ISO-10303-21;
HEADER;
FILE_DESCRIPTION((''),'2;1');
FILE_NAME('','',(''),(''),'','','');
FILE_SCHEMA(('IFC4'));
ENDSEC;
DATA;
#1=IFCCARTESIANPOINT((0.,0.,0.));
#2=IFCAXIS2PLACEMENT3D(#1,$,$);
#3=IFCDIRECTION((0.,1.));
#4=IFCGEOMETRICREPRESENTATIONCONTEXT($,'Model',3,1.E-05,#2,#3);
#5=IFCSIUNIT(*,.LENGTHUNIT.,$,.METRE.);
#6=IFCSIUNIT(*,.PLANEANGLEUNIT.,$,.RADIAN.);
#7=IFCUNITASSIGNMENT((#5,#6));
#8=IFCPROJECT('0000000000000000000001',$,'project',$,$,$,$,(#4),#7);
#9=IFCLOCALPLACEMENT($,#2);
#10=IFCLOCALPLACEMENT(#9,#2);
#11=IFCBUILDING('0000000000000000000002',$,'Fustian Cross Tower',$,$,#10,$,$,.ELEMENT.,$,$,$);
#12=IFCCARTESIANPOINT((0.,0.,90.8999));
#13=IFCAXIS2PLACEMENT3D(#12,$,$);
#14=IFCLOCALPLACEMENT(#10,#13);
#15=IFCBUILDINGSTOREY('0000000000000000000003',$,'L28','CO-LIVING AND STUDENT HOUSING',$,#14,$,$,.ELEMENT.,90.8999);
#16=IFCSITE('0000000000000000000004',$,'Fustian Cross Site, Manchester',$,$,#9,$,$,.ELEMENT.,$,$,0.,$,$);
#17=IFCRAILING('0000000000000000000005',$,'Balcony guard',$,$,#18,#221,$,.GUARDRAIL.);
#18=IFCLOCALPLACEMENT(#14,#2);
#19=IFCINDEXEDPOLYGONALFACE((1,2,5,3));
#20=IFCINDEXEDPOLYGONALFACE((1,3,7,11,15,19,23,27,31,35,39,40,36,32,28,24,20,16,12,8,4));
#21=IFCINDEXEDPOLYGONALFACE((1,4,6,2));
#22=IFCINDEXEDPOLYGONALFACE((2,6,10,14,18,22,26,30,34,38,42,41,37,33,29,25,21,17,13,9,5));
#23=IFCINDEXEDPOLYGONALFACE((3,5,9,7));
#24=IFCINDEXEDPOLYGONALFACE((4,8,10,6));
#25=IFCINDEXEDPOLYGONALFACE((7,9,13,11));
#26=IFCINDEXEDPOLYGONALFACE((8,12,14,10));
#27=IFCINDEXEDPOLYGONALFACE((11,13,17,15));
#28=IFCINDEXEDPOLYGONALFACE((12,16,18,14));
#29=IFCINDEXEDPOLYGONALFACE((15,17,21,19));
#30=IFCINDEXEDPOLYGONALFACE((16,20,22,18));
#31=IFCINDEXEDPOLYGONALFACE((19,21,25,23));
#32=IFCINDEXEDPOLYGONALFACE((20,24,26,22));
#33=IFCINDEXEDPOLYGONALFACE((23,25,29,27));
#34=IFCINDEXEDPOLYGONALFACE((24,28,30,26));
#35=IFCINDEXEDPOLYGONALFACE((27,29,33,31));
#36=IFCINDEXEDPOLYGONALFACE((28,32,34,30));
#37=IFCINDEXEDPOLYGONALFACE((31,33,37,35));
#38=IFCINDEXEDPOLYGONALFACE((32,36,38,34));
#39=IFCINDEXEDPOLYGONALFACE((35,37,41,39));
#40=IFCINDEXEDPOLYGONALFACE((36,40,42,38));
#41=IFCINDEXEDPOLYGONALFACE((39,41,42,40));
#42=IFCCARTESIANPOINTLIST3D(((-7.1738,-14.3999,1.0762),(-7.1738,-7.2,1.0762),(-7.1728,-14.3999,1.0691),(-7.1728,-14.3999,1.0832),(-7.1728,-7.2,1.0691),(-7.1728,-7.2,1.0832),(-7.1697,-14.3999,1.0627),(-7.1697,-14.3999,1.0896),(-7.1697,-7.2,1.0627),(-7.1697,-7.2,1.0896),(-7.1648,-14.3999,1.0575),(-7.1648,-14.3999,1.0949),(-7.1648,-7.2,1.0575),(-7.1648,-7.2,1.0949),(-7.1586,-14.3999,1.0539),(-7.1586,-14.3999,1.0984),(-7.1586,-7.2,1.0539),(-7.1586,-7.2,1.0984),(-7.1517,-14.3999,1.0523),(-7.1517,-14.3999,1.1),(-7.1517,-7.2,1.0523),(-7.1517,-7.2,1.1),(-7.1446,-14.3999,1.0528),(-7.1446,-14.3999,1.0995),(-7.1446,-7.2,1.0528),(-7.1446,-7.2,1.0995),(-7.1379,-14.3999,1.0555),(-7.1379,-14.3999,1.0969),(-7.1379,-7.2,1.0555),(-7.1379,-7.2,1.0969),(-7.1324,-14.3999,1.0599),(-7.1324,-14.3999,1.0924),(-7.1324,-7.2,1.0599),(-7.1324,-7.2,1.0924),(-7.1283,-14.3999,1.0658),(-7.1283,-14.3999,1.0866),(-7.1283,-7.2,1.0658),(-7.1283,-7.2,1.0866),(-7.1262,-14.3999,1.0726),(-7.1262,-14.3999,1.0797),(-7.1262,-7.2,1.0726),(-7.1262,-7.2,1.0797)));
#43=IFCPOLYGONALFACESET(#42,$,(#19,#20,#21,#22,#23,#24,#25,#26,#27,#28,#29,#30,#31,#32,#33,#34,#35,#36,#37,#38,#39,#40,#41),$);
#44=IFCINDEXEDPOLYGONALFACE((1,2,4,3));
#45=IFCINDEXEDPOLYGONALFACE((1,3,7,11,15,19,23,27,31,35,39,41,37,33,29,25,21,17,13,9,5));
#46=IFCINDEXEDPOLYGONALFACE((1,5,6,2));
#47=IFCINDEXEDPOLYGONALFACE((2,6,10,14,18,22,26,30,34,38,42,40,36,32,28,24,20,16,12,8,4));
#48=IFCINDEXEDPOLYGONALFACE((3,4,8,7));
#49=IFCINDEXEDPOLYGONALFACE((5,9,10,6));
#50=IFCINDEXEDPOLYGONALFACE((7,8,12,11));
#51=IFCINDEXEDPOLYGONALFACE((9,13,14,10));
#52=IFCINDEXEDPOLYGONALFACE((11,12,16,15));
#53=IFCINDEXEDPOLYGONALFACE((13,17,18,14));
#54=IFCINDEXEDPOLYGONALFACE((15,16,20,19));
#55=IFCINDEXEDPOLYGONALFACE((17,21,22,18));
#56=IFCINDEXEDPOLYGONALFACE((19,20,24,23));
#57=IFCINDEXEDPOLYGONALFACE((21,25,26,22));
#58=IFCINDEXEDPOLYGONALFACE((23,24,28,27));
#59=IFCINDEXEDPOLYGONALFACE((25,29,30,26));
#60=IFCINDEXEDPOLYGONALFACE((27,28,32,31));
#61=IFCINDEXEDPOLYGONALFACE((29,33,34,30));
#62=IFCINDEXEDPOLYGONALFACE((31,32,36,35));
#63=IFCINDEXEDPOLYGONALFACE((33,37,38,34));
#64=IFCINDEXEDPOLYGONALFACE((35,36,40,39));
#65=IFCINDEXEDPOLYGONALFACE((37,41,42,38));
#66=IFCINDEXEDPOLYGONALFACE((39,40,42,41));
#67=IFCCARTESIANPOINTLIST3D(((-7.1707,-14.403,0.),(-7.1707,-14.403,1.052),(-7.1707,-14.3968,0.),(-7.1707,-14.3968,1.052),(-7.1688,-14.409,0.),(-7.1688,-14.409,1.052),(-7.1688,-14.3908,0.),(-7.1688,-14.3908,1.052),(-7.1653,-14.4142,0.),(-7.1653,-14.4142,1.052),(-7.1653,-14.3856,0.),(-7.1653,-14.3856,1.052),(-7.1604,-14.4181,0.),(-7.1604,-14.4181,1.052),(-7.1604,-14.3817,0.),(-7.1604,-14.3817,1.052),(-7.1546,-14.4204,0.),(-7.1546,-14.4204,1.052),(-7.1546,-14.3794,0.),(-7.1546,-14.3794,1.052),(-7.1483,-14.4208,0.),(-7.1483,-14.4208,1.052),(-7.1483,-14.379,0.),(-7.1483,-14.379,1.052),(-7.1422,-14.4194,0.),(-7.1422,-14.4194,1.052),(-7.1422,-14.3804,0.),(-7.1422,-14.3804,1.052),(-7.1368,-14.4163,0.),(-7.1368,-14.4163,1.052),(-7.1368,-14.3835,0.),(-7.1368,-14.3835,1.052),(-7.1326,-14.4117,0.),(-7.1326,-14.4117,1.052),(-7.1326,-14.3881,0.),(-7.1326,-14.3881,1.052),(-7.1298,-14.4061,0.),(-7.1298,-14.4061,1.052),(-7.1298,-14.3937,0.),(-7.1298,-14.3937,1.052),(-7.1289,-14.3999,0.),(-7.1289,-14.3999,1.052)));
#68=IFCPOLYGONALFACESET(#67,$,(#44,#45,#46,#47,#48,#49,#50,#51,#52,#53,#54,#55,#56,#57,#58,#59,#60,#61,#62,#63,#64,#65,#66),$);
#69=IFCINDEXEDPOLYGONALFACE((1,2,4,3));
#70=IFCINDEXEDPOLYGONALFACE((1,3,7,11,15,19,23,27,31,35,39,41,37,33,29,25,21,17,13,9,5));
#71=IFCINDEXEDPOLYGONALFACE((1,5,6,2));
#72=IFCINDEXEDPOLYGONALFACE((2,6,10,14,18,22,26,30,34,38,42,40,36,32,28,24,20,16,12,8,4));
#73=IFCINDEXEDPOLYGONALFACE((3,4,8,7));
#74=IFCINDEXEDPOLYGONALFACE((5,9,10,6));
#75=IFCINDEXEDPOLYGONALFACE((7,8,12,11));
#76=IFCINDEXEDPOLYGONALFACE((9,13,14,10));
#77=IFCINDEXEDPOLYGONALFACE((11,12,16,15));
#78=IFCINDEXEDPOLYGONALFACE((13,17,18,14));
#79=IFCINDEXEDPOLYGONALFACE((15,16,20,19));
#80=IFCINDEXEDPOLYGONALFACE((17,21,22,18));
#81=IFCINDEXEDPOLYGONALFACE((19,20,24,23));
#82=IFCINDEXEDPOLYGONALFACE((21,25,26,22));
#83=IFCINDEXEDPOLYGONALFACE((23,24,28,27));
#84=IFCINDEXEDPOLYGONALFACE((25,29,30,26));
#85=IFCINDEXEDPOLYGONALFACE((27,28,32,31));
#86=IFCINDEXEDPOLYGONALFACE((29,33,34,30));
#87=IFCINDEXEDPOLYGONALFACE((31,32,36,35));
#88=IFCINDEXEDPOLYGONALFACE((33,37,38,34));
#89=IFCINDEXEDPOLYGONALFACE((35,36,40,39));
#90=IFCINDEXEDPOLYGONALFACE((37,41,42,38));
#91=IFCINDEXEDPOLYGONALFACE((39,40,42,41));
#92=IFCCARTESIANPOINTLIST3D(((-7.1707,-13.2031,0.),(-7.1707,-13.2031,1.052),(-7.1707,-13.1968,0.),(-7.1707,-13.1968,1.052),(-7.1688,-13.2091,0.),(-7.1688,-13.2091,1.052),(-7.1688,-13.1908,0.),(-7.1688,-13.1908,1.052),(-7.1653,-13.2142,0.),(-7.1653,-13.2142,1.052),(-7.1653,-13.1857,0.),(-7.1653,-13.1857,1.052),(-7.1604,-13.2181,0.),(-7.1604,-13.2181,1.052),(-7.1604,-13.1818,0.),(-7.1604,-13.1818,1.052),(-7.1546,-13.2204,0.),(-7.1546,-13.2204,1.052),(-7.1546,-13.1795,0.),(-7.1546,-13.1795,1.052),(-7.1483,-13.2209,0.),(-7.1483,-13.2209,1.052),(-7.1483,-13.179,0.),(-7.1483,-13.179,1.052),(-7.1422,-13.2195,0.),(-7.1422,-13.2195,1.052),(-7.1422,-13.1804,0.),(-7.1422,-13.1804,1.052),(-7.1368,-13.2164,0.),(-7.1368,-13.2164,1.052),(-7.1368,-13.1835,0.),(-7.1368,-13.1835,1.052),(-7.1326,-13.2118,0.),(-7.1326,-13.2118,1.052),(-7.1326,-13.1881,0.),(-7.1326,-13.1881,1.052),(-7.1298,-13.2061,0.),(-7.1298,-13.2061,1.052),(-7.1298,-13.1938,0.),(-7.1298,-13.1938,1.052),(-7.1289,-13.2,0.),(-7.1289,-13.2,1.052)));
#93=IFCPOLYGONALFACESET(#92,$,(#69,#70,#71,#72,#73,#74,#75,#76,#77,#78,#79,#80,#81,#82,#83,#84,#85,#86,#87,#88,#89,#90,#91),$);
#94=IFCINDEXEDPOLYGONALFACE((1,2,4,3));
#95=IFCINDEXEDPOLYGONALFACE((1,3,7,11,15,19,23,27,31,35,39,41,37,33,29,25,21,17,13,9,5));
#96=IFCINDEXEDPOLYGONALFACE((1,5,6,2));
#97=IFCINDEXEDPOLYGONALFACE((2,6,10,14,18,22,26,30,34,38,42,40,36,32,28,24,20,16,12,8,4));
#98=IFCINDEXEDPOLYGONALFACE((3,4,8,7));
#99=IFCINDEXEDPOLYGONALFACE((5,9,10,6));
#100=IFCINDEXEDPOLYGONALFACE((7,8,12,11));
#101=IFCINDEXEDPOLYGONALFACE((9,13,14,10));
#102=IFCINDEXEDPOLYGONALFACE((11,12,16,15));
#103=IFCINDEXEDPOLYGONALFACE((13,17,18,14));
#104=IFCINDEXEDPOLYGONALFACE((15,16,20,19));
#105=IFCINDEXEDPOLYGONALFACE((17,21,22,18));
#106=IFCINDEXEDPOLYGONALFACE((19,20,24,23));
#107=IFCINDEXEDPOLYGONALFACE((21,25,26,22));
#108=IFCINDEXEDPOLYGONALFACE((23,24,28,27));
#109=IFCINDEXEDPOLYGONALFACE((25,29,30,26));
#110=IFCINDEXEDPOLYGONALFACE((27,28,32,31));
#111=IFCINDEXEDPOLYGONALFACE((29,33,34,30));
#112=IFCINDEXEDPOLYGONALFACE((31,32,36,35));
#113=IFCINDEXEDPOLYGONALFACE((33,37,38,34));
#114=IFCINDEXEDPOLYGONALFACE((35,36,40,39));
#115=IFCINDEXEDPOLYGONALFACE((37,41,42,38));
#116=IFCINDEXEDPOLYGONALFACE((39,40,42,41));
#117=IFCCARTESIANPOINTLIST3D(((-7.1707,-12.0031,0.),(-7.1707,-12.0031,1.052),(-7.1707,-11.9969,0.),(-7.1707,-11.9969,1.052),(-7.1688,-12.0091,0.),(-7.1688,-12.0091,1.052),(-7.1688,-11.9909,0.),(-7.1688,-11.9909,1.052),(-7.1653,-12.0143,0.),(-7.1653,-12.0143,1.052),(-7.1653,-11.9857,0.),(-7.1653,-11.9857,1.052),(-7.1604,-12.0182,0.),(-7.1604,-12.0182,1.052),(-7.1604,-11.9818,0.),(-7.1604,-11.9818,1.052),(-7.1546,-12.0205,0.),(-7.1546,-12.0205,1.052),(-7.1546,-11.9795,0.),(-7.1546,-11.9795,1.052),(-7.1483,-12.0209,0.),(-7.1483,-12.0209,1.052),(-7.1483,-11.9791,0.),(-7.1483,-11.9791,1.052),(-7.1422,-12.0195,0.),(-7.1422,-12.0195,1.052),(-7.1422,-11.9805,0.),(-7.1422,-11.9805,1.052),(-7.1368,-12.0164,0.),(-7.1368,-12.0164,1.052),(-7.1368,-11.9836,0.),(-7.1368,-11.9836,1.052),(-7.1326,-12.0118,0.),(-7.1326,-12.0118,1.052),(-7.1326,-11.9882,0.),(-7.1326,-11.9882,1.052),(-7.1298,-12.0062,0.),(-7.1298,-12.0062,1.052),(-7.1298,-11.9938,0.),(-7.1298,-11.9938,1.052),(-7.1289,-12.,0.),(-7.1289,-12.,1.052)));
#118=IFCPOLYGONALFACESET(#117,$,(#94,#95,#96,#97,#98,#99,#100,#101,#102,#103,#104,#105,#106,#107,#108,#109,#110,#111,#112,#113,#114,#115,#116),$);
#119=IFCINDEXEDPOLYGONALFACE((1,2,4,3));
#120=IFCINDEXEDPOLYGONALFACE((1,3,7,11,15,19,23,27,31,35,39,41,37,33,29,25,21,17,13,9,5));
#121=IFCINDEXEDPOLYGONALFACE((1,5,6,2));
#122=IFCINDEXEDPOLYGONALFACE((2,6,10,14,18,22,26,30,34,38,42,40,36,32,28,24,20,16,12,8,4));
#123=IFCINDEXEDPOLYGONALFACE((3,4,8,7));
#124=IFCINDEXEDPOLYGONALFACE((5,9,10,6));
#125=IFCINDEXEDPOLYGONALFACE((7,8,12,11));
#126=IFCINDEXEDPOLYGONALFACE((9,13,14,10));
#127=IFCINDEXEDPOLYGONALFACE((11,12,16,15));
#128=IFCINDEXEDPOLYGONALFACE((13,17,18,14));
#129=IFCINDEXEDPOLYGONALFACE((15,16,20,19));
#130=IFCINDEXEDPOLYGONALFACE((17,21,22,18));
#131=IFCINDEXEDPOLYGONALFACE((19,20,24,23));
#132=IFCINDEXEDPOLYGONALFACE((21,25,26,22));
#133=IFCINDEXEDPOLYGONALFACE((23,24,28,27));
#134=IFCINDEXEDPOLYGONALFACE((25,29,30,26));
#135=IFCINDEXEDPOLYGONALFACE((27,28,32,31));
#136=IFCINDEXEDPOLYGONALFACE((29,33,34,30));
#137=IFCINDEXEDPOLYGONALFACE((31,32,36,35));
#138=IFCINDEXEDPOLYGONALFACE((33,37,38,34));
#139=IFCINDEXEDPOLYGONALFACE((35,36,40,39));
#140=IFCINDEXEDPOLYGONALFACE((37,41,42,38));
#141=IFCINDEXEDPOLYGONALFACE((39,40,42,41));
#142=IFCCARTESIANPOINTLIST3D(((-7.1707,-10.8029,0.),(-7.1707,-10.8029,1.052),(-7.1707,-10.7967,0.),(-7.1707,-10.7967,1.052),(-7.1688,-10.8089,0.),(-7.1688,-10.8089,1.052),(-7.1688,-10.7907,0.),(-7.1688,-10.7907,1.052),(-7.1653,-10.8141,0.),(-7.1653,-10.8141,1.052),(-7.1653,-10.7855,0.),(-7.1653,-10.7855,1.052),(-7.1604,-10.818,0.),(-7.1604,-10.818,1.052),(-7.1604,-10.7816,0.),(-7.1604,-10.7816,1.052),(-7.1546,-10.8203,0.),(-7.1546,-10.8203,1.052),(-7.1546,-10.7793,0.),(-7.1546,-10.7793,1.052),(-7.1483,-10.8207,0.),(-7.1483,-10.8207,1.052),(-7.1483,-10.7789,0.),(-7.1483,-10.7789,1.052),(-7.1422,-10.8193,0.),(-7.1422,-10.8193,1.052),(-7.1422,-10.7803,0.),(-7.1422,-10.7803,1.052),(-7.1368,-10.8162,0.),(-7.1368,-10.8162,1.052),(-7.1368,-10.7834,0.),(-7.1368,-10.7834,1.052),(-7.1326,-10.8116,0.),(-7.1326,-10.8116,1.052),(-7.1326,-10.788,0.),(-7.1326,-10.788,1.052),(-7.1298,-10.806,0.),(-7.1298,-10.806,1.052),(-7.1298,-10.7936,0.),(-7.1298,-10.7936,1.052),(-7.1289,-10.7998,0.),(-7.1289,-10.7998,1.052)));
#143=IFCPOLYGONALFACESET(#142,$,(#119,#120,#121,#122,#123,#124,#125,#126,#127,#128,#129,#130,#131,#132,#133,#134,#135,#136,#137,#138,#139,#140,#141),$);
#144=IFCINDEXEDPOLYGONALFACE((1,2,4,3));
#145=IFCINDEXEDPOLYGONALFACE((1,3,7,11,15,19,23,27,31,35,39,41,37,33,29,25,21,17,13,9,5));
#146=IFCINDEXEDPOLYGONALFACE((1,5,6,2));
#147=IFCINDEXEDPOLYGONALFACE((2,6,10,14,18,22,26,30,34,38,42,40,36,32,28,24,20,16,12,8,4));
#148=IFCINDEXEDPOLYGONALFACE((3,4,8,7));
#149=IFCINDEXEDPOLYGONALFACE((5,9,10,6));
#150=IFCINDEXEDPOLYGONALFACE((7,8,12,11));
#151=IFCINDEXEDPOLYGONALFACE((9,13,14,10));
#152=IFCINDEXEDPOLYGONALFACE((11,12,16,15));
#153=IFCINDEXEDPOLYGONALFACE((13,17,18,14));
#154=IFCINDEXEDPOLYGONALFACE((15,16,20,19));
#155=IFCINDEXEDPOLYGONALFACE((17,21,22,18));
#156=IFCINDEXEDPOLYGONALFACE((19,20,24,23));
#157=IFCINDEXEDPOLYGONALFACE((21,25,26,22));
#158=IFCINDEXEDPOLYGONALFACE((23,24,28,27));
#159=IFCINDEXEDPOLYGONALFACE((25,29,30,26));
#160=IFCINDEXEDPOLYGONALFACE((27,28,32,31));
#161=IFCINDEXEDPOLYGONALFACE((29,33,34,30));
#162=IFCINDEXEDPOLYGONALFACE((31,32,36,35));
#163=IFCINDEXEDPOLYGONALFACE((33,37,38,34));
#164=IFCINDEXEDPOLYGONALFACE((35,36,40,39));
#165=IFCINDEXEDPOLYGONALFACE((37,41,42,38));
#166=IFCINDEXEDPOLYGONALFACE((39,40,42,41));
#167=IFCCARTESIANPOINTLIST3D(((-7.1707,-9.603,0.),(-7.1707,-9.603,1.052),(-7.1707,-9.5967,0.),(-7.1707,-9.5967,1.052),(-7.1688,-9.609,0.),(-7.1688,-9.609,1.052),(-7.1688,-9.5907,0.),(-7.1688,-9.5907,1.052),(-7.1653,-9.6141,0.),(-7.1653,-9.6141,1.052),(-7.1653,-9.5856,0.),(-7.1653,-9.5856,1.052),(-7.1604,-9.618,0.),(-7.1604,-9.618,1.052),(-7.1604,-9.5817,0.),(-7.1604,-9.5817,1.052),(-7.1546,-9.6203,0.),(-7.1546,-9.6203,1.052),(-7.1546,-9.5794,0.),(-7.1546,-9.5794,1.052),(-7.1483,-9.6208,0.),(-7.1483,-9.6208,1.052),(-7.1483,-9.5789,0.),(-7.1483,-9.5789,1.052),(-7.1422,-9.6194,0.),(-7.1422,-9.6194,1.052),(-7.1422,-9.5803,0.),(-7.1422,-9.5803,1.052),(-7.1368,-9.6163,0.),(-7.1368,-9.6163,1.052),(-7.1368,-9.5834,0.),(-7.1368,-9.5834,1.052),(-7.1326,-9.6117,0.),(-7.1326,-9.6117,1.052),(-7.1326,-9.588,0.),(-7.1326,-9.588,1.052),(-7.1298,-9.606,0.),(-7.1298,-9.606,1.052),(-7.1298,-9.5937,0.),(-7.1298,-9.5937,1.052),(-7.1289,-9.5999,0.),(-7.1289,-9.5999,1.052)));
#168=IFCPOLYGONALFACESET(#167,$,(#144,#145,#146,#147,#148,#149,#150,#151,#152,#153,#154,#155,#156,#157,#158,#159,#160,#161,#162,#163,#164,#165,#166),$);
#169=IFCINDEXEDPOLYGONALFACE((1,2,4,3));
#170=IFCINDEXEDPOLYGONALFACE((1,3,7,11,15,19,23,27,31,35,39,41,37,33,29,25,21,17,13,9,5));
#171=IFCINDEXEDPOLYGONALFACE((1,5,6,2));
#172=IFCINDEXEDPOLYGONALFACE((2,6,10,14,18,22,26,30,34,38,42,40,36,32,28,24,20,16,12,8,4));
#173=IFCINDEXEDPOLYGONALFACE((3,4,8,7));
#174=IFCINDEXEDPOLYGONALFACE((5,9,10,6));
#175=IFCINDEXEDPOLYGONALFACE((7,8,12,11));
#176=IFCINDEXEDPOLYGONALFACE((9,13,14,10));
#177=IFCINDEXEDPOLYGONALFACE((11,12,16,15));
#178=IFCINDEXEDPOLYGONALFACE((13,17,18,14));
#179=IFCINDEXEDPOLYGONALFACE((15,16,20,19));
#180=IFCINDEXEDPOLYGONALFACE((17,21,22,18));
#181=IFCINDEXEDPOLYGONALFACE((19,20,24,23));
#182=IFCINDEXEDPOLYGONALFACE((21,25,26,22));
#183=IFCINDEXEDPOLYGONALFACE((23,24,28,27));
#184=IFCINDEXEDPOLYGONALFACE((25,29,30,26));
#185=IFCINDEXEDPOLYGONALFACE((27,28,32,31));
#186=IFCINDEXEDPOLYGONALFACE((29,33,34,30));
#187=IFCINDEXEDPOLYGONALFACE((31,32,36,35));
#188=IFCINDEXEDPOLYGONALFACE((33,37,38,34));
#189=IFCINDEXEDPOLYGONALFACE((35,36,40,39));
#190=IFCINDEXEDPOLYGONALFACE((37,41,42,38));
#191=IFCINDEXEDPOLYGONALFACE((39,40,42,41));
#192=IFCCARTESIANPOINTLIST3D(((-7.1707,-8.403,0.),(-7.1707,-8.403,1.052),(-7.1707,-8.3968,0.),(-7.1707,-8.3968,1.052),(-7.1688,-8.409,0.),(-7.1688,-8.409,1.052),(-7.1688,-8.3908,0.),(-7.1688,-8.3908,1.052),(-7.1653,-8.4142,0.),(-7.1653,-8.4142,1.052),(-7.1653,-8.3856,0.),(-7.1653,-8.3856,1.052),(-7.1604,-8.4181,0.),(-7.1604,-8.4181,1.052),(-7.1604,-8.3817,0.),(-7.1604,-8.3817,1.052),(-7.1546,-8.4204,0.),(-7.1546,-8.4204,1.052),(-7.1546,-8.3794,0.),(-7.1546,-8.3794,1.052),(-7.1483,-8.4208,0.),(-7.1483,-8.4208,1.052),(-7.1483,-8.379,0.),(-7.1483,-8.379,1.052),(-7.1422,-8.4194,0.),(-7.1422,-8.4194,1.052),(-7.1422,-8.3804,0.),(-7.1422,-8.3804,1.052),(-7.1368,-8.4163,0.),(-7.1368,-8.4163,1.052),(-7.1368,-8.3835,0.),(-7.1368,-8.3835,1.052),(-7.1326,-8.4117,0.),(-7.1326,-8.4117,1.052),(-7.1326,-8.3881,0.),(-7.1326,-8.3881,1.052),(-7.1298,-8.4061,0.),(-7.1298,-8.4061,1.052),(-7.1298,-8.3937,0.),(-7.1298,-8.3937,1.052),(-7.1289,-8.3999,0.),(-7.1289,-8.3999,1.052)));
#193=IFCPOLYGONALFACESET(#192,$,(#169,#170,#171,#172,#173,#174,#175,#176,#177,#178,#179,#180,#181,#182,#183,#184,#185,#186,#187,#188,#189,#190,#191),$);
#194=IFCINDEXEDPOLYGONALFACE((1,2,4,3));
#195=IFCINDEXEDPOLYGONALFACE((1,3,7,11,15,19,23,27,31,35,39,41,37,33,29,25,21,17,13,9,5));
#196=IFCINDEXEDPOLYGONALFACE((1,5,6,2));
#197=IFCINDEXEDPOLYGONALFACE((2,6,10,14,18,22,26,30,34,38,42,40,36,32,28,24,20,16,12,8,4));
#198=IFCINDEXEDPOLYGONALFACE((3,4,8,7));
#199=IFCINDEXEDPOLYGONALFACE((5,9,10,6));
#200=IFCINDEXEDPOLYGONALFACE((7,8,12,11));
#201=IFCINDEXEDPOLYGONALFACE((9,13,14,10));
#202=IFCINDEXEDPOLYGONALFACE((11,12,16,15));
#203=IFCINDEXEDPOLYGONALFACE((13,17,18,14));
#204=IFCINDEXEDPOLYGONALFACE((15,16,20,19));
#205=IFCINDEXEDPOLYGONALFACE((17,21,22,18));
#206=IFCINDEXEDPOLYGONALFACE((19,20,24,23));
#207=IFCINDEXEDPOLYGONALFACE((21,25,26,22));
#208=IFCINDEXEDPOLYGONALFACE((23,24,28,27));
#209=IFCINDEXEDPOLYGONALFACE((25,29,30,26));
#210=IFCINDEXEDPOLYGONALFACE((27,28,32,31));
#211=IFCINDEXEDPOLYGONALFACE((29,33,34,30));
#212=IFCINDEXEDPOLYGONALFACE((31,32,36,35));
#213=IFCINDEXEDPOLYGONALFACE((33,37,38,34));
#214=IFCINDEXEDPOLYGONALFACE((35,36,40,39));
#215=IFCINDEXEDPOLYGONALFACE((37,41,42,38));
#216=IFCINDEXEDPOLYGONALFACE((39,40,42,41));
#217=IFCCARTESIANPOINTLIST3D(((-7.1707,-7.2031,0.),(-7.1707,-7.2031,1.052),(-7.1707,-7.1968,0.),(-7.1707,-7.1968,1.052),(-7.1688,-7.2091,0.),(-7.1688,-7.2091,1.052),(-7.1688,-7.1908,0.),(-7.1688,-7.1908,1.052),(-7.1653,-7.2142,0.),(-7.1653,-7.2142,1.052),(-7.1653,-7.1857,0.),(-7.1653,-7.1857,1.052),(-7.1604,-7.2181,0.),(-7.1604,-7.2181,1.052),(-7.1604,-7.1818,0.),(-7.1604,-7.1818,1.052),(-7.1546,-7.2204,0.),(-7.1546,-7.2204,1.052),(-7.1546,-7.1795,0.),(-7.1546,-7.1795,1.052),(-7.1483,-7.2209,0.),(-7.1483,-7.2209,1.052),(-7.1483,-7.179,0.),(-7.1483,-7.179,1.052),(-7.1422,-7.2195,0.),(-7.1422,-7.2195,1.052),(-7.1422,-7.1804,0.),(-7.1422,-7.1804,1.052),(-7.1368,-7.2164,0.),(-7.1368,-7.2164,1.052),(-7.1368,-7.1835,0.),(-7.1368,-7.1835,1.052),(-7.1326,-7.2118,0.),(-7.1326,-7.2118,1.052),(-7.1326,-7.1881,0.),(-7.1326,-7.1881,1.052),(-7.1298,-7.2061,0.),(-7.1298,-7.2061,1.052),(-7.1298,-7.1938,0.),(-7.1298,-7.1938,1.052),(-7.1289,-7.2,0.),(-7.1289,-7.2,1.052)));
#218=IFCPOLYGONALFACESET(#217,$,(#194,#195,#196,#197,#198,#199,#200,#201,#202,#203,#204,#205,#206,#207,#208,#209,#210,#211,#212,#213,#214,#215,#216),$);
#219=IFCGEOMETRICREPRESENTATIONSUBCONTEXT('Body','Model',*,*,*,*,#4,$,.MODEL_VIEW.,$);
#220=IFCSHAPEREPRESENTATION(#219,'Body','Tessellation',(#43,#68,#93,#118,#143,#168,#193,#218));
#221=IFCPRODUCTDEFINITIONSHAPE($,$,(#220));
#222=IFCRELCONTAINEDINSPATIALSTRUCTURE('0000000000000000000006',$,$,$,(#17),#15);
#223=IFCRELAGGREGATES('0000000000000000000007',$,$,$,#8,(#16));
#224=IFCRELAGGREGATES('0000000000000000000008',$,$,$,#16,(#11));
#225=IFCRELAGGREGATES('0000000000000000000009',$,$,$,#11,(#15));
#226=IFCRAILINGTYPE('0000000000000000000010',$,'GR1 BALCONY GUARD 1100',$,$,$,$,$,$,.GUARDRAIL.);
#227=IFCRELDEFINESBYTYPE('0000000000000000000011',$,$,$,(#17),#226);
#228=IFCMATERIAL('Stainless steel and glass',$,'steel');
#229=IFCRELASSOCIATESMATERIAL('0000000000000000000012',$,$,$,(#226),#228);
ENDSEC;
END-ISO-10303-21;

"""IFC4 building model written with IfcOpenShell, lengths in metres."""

from ifc_helpers import new_model, si_unit, direction, frame, origin, origin_2d, place, context, subcontext, project, spatial, circle, extrude, material, type_object, element, save


model = new_model("IFC4")

# Units and contexts
model_context = context("Model", 3, precision=1e-05, world=origin(), true_north=direction((0.0, 1.0)))
body_context = subcontext(model_context, "Body", "Model", "MODEL_VIEW")
ifc_project = project(units=[si_unit("LENGTHUNIT", "METRE"), si_unit("PLANEANGLEUNIT", "RADIAN")], contexts=[model_context])

# Site, building, storey
site_placement = place(None, origin())
site = spatial("IfcSite", under=ifc_project, at=site_placement, Name="Fustian Cross Site, Manchester", CompositionType="ELEMENT", RefElevation=0.0)
building_placement = place(site_placement, origin())
building = spatial("IfcBuilding", under=site, at=building_placement, Name="Fustian Cross Tower", CompositionType="ELEMENT")
storey_placement = place(building_placement, frame((0.0, 0.0, 90.8999)))
storey = spatial("IfcBuildingStorey", under=building, at=storey_placement, Name="L28", Description="CO-LIVING AND STUDENT HOUSING", CompositionType="ELEMENT", Elevation=90.8999)

# Railing
ifc_material_1 = material(Name="Stainless steel and glass", Category="steel")
railing_type = type_object("IfcRailingType", Name="GR1 BALCONY GUARD 1100", PredefinedType="GUARDRAIL", material=ifc_material_1)
railing_placement = place(storey_placement, frame((-7.1499, -14.3999, 0.0)))
element("IfcRailing", 1, at=railing_placement, inside=storey, type_object=railing_type, Name="Balcony guard", PredefinedType="GUARDRAIL", context=body_context, shape_type="SweptSolid", body=[
    extrude(circle(Radius=0.0239, at=origin_2d()), frame((0.0, 0.0, 1.0762), z_axis=(0.0, 1.0, 0.0), x_axis=(-1.0, 0.0, 0.0)), (0.0, 0.0, 1.0), 7.2),
    extrude(circle(Radius=0.021, at=origin_2d()), origin(), (0.0, 0.0, 1.0), 1.052),
    extrude(circle(Radius=0.021, at=origin_2d()), frame((0.0, 1.2, 0.0)), (0.0, 0.0, 1.0), 1.052),
    extrude(circle(Radius=0.021, at=origin_2d()), frame((0.0, 2.3999, 0.0)), (0.0, 0.0, 1.0), 1.052),
    extrude(circle(Radius=0.021, at=origin_2d()), frame((0.0, 3.6001, 0.0)), (0.0, 0.0, 1.0), 1.052),
    extrude(circle(Radius=0.021, at=origin_2d()), frame((0.0, 4.8, 0.0)), (0.0, 0.0, 1.0), 1.052),
    extrude(circle(Radius=0.021, at=origin_2d()), frame((0.0, 6.0, 0.0)), (0.0, 0.0, 1.0), 1.052),
    extrude(circle(Radius=0.021, at=origin_2d()), frame((0.0, 7.2, 0.0)), (0.0, 0.0, 1.0), 1.052),
])

save(model, "model.ifc")
